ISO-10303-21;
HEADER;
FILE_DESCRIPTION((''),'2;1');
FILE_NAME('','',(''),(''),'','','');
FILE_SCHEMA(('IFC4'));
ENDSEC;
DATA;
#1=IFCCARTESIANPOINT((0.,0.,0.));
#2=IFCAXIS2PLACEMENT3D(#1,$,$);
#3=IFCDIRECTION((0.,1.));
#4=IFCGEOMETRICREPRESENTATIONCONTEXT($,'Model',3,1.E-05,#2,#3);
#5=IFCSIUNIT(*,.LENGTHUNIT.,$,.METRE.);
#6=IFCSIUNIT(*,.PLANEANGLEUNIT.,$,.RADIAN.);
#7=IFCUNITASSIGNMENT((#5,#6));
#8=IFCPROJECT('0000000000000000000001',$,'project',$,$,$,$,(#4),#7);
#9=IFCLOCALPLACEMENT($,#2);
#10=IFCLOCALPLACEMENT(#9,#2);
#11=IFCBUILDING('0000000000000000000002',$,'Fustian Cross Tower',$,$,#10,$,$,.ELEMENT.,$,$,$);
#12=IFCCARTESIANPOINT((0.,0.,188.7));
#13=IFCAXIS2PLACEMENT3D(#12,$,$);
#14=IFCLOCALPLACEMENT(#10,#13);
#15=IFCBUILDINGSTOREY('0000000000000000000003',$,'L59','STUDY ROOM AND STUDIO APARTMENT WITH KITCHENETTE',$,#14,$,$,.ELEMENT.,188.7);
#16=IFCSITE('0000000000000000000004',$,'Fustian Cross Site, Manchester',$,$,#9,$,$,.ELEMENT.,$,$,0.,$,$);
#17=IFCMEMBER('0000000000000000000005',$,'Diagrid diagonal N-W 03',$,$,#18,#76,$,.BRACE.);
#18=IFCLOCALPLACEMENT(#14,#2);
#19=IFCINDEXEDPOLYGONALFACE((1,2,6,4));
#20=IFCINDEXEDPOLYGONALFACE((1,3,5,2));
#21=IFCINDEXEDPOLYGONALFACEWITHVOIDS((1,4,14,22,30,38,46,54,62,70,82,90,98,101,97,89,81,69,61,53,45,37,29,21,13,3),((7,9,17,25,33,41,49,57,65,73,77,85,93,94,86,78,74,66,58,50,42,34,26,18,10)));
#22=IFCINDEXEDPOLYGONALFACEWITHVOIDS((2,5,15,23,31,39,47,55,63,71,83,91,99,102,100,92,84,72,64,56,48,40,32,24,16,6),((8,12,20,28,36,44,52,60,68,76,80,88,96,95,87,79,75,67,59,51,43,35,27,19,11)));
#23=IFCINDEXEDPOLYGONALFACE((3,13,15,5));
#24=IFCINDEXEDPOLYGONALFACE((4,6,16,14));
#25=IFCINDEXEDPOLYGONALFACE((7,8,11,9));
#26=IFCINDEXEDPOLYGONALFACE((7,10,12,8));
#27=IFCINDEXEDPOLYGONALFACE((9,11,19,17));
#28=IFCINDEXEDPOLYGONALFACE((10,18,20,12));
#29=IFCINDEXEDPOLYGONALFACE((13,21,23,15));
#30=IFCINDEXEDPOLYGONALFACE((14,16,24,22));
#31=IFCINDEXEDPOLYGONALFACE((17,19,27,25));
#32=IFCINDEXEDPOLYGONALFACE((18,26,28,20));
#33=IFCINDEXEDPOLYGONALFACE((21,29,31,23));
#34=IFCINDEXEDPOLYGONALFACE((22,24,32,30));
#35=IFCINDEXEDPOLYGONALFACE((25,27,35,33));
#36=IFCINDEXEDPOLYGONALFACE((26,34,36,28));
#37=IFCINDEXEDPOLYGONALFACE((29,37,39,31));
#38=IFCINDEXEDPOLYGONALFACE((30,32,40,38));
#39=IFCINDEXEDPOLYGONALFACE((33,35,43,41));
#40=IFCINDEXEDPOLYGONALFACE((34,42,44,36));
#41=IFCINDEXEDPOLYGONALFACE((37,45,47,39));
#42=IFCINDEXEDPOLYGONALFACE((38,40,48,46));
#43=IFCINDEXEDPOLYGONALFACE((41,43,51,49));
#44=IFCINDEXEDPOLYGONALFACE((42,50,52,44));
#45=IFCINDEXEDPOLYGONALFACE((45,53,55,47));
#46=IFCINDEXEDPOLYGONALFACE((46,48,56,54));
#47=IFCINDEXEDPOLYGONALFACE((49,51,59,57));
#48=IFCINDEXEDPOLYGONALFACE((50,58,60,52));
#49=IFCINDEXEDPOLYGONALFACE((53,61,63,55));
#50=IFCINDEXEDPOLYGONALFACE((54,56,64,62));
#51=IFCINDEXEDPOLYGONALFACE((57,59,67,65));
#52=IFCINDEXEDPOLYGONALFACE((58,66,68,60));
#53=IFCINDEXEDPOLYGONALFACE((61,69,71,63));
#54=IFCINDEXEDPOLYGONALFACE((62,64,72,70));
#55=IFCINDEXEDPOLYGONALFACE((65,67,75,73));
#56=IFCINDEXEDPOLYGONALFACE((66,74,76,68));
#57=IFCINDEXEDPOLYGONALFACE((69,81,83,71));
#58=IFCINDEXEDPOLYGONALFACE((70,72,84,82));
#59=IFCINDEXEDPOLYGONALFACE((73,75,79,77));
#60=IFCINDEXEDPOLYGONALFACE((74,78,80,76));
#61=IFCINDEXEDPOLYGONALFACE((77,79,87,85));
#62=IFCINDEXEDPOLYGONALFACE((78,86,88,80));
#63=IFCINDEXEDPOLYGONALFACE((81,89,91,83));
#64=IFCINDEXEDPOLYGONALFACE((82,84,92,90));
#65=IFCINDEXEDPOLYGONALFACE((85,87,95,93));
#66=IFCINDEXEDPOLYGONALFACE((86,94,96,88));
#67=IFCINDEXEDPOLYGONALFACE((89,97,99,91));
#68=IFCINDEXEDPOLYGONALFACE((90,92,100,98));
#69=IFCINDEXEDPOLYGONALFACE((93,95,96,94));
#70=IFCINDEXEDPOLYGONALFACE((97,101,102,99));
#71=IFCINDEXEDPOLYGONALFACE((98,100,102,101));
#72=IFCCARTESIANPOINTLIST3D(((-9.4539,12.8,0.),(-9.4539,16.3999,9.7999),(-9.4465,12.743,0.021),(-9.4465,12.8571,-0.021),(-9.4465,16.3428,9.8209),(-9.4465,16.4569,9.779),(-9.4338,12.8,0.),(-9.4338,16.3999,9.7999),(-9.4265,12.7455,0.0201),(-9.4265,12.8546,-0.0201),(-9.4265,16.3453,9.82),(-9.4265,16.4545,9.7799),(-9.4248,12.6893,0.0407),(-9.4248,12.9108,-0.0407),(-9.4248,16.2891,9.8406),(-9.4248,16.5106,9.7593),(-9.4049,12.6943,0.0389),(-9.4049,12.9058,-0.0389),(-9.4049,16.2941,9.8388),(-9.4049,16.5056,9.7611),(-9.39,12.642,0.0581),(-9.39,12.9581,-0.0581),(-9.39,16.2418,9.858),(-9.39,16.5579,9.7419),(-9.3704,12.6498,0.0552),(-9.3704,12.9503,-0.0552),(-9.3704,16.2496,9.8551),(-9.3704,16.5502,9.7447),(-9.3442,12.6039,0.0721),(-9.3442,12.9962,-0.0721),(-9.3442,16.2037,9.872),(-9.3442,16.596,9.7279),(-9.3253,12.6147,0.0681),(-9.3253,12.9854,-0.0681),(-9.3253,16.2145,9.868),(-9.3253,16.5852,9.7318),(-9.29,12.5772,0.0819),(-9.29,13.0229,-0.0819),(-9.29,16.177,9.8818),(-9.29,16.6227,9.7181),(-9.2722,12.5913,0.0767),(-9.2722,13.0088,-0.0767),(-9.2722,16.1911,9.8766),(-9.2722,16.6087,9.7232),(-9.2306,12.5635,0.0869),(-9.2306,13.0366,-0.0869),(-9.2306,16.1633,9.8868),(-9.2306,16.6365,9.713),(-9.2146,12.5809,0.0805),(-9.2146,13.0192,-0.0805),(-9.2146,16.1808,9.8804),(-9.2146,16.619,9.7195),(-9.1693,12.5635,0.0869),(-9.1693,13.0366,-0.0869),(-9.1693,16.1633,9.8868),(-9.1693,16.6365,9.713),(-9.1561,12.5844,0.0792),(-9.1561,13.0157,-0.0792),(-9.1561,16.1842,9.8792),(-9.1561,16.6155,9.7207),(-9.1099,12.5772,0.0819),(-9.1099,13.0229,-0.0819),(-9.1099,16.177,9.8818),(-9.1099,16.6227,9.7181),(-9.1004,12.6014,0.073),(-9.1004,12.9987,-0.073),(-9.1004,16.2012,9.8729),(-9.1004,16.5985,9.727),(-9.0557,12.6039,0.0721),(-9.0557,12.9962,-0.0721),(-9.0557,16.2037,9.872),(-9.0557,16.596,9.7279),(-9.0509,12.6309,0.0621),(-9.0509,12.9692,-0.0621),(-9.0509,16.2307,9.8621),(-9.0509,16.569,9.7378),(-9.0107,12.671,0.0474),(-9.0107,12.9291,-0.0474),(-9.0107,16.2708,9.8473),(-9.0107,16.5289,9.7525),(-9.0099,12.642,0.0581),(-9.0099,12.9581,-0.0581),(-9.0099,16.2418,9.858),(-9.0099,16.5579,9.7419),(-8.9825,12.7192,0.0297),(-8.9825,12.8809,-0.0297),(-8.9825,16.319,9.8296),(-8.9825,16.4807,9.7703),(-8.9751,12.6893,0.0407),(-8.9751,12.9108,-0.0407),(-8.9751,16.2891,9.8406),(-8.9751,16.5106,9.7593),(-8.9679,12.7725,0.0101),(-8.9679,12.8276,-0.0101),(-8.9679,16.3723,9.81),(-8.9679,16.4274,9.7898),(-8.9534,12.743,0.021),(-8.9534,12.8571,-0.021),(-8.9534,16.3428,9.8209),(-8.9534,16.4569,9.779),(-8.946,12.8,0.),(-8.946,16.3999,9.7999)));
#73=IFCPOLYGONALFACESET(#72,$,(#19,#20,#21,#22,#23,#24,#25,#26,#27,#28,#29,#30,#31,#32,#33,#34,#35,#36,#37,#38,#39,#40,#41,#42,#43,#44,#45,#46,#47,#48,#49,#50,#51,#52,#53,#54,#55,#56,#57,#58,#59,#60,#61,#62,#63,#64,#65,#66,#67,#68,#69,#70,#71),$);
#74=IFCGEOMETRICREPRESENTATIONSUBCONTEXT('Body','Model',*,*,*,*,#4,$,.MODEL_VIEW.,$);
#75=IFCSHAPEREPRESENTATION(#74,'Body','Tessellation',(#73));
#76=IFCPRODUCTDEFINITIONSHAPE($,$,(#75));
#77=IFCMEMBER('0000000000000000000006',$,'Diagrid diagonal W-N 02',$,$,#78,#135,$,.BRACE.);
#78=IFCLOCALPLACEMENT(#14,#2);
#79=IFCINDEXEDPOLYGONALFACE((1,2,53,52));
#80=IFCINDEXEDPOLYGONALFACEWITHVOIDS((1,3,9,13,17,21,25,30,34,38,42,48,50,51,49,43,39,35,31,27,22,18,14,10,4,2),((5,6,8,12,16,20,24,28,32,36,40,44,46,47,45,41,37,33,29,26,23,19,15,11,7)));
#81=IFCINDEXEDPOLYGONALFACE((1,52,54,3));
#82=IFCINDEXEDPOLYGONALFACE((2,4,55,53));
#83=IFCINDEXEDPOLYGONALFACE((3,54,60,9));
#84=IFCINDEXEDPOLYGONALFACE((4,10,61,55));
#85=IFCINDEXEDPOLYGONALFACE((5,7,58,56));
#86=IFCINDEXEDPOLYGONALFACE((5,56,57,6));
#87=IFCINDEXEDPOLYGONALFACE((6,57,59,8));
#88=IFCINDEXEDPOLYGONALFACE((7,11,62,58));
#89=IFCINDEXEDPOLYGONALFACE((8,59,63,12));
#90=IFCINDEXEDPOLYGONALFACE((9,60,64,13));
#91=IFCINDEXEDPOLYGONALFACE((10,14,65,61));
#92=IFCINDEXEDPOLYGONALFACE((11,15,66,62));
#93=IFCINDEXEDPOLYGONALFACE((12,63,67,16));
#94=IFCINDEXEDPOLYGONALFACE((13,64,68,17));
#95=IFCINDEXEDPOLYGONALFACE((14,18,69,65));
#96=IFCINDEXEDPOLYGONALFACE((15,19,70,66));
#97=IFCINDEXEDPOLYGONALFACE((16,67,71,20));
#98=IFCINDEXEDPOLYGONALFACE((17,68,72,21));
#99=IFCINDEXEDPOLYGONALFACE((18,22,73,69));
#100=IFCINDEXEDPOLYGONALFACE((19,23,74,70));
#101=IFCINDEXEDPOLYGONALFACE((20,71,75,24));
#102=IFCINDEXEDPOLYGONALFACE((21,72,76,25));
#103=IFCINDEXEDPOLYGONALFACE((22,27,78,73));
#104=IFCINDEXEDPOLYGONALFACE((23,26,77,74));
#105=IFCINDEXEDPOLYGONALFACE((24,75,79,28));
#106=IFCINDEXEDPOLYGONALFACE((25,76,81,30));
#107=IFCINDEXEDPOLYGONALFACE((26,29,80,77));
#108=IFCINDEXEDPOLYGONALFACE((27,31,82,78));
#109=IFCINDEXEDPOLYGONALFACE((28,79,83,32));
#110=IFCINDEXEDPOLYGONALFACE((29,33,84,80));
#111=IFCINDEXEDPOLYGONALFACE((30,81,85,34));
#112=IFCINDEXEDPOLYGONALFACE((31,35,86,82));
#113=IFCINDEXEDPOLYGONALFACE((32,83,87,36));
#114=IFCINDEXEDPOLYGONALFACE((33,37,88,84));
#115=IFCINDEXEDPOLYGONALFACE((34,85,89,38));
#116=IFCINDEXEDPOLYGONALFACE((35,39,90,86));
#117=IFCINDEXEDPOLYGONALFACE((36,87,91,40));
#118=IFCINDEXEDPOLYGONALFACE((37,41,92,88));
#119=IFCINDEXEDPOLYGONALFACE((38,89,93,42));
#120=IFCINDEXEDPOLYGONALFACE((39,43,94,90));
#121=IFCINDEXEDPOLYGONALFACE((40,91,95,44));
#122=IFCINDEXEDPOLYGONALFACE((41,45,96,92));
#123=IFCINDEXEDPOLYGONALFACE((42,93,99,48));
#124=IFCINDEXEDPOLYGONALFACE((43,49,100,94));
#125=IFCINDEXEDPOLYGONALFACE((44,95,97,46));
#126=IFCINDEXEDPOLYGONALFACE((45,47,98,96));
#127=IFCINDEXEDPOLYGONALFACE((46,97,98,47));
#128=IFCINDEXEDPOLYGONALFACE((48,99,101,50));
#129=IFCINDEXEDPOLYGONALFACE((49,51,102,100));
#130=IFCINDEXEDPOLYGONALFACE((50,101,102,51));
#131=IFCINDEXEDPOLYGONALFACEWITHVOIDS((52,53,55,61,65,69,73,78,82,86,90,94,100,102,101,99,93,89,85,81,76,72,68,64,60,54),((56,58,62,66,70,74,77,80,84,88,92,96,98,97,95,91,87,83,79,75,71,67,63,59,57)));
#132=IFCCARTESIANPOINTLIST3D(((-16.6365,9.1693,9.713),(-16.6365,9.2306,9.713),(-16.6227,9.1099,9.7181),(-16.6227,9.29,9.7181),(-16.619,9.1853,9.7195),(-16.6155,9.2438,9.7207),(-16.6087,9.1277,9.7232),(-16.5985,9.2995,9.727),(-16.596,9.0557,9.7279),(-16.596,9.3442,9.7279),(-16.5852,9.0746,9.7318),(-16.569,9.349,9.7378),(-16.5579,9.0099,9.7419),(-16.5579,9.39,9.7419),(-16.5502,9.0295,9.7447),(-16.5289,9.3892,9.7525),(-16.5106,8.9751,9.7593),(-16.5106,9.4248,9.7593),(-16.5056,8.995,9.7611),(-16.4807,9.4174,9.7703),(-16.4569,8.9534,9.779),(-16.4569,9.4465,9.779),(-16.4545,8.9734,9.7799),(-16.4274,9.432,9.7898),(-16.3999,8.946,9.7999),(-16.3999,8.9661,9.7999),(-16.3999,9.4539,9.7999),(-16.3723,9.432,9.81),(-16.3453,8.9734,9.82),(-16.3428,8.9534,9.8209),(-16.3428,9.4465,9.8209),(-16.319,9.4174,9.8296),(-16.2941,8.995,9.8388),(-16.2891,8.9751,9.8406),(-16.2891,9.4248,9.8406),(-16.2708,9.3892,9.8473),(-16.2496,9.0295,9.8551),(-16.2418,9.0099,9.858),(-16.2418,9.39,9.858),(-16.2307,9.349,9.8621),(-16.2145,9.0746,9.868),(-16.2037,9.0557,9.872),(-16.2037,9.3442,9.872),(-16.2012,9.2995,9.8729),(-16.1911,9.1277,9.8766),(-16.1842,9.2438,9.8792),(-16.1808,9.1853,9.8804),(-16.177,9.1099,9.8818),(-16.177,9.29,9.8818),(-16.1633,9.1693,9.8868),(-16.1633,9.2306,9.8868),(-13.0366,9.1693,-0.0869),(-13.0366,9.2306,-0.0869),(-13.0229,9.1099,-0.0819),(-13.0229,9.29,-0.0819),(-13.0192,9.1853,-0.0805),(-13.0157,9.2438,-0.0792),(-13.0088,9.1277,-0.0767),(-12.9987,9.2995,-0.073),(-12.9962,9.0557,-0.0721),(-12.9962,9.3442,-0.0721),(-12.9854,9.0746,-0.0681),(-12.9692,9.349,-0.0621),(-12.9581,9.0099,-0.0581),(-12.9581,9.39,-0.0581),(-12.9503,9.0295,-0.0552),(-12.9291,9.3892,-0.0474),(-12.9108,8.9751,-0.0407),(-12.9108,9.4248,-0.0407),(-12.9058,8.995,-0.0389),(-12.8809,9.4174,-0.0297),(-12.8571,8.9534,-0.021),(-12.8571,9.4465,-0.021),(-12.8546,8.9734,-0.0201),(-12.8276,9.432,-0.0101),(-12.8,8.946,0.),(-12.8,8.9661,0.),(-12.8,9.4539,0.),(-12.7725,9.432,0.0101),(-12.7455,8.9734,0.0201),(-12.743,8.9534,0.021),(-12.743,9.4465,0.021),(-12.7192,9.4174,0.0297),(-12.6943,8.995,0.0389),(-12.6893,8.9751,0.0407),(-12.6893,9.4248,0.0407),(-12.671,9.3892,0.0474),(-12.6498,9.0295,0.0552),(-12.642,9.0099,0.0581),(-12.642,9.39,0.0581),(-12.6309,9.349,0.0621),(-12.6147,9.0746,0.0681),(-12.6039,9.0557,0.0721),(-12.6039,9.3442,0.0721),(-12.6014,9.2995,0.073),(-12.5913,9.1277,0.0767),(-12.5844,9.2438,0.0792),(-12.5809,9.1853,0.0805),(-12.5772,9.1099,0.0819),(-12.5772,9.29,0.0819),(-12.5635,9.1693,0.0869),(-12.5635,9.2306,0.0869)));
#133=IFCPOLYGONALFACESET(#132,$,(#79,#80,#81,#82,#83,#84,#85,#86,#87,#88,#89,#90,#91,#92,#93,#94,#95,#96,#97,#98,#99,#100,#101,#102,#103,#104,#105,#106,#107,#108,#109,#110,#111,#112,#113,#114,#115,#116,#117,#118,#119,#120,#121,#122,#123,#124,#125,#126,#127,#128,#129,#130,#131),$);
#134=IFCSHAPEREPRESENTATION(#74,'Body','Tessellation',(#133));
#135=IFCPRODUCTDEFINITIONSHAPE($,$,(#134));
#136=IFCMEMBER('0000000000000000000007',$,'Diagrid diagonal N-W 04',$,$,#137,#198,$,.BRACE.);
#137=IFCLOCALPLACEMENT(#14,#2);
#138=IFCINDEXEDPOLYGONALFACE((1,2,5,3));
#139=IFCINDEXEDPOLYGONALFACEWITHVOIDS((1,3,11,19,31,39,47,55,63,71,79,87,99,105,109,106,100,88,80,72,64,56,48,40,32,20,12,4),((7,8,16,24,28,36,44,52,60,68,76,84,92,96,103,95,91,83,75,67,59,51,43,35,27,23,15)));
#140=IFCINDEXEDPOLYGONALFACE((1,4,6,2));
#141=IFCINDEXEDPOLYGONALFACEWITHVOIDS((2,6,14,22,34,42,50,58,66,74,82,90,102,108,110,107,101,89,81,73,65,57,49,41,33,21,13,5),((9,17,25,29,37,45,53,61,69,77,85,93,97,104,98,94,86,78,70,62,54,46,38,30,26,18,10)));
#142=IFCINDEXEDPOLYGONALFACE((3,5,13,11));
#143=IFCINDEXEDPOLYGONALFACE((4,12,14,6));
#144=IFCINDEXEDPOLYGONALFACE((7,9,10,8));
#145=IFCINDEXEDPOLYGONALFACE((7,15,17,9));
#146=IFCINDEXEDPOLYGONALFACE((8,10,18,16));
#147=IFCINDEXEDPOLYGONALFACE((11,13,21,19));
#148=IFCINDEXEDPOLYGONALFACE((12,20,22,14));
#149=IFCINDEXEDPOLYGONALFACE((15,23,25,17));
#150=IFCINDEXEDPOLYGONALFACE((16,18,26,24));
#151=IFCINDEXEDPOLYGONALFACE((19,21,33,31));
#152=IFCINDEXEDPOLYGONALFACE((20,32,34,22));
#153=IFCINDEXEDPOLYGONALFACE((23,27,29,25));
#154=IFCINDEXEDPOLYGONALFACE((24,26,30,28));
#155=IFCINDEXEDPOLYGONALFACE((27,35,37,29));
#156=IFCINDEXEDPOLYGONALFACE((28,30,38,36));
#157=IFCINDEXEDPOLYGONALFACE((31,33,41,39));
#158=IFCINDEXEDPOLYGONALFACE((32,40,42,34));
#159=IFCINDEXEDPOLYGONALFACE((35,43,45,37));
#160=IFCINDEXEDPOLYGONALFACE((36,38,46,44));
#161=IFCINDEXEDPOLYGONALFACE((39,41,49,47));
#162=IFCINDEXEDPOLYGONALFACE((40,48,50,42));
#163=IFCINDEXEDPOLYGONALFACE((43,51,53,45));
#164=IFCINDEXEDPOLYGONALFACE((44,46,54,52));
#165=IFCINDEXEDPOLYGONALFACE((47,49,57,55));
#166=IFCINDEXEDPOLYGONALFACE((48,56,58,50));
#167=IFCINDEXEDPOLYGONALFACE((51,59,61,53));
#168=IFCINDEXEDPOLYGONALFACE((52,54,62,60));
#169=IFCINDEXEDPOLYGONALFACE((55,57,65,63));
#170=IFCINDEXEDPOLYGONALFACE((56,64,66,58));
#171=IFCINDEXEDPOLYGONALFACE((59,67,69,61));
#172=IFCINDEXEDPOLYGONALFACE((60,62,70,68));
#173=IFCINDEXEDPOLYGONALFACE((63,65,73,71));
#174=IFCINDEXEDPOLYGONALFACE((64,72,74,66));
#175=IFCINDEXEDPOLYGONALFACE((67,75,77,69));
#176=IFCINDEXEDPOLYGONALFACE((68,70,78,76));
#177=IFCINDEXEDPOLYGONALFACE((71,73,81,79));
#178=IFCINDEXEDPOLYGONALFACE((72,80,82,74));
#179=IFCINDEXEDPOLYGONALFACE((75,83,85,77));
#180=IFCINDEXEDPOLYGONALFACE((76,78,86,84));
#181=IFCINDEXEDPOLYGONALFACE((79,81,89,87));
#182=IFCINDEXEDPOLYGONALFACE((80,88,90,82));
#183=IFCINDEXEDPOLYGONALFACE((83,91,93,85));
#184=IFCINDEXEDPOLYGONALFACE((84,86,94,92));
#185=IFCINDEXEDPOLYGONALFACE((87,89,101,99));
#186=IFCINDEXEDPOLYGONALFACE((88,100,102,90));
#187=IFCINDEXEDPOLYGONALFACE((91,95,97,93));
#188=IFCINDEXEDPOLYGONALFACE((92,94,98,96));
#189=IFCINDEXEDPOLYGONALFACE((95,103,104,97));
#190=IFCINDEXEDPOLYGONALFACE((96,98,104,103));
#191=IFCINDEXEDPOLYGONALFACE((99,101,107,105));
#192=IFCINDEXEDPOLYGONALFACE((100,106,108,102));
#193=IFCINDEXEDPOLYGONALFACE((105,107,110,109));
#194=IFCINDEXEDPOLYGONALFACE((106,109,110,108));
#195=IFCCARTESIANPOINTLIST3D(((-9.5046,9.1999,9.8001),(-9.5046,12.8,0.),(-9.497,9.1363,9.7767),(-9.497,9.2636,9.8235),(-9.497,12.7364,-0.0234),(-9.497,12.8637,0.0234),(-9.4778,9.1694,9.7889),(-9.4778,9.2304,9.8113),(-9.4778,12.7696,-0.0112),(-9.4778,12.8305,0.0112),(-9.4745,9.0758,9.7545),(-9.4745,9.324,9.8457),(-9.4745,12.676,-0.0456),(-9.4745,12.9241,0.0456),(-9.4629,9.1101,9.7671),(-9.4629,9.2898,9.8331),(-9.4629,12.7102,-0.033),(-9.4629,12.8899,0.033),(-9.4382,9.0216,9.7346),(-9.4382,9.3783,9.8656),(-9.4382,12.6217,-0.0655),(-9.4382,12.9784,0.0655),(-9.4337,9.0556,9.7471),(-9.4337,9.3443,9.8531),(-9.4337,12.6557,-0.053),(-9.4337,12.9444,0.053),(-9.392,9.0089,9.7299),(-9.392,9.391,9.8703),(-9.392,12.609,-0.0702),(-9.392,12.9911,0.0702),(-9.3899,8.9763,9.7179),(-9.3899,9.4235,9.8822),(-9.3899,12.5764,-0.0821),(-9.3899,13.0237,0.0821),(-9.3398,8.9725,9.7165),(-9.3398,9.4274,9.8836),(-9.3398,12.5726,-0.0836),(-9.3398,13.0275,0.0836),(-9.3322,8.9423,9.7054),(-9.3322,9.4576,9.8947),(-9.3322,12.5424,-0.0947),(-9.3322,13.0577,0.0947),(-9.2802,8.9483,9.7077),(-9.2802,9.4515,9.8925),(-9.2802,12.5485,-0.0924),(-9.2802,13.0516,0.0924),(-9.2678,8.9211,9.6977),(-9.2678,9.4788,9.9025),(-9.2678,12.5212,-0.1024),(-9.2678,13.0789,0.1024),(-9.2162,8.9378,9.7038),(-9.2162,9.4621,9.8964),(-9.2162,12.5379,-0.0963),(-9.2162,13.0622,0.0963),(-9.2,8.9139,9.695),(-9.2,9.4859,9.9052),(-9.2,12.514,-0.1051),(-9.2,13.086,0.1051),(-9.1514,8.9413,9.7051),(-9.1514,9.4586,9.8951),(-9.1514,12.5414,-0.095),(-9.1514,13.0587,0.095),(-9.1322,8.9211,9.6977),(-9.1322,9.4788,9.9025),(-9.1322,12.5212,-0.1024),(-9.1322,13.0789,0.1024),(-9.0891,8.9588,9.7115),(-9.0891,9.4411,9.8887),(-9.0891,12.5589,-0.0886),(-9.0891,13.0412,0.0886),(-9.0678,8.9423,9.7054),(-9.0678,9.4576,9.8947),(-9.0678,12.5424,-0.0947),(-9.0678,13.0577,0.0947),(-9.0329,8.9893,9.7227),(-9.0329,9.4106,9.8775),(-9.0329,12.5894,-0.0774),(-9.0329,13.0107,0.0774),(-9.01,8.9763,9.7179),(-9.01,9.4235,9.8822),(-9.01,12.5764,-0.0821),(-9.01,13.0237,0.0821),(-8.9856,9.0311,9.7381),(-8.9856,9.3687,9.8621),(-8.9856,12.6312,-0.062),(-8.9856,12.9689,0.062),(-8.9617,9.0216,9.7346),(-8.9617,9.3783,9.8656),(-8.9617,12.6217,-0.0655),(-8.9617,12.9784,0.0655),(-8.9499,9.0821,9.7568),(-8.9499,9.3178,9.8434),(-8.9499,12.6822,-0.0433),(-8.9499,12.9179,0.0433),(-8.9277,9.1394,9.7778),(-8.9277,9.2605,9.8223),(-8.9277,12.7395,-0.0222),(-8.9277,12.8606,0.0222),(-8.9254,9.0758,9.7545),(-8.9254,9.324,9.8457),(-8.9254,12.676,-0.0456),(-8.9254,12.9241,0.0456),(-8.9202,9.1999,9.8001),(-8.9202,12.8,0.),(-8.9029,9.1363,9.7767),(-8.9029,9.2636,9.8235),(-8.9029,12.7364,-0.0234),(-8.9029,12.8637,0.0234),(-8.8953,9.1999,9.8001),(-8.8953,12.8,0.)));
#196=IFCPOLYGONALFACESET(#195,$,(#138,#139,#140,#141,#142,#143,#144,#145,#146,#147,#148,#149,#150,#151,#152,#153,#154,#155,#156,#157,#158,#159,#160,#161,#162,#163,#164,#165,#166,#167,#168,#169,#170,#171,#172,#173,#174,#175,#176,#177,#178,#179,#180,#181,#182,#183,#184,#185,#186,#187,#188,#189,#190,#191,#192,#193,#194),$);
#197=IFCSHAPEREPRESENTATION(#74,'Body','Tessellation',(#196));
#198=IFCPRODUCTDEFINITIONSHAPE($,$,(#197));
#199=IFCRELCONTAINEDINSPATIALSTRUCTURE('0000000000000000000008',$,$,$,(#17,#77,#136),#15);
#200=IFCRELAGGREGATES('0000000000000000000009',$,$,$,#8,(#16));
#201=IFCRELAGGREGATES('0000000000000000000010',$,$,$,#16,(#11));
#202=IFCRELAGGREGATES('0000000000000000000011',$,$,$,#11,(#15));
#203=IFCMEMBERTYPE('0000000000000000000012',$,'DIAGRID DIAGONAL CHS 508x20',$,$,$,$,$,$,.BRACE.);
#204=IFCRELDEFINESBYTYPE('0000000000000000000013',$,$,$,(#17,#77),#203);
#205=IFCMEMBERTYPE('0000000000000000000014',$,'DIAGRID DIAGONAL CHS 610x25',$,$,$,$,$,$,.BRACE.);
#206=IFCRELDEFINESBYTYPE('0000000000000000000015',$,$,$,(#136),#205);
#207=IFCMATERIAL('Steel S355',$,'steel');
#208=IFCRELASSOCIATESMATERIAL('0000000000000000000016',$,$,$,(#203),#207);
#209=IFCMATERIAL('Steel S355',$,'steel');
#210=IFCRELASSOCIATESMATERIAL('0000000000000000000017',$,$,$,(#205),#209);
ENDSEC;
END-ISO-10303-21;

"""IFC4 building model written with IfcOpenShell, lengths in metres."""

from ifc_helpers import new_model, si_unit, direction, frame, origin, origin_2d, place, context, subcontext, project, spatial, hollow_circle, extrude, material, material_profile, profile_set, type_object, element, save


model = new_model("IFC4")

# Units and contexts
model_context = context("Model", 3, precision=1e-05, world=origin(), true_north=direction((0.0, 1.0)))
body_context = subcontext(model_context, "Body", "Model", "MODEL_VIEW")
ifc_project = project(units=[si_unit("LENGTHUNIT", "METRE"), si_unit("PLANEANGLEUNIT", "RADIAN")], contexts=[model_context])

# Site, building, storey
site_placement = place(None, origin())
site = spatial("IfcSite", under=ifc_project, at=site_placement, Name="Fustian Cross Site, Manchester", CompositionType="ELEMENT", RefElevation=0.0)
building_placement = place(site_placement, origin())
building = spatial("IfcBuilding", under=site, at=building_placement, Name="Fustian Cross Tower", CompositionType="ELEMENT")
storey_placement = place(building_placement, frame((0.0, 0.0, 188.7)))
storey = spatial("IfcBuildingStorey", under=building, at=storey_placement, Name="L59", Description="STUDY ROOM AND STUDIO APARTMENT WITH KITCHENETTE", CompositionType="ELEMENT", Elevation=188.7)

# Members
ifc_material_1 = material(Name="Steel S355", Category="steel")
ifc_material_profile_1 = material_profile(ifc_material_1, hollow_circle(Radius=0.2539, WallThickness=0.02, at=origin_2d()), Name="CHS 508x20")
ifc_profile_set_1 = profile_set([ifc_material_profile_1], Name="Steel S355")
member_type_1 = type_object("IfcMemberType", Name="DIAGRID DIAGONAL CHS 508x20", PredefinedType="BRACE", material=ifc_profile_set_1)
for number, where, z_axis, x_axis, name in (
    (1, (-9.2, 12.8, 0.0), (0.0, 0.344804, 0.938675), (-1.0, 0.0, 0.0), "Diagrid diagonal N-W 03"),
    (2, (-12.8, 9.2, 0.0), (-0.344804, 0.0, 0.938675), (0.0, -1.0, 0.0), "Diagrid diagonal W-N 02"),
):
    element("IfcMember", number, at=place(storey_placement, frame(where, z_axis=z_axis, x_axis=x_axis)), inside=storey, type_object=member_type_1, Name=name, PredefinedType="BRACE", context=body_context, shape_type="SweptSolid", body=[
        extrude(hollow_circle(Radius=0.2539, WallThickness=0.02, at=origin_2d()), origin(), (0.0, 0.0, 1.0), 10.4402),
    ])
ifc_material_2 = material(Name="Steel S355", Category="steel")
ifc_material_profile_2 = material_profile(ifc_material_2, hollow_circle(Radius=0.3047, WallThickness=0.0249, at=origin_2d()), Name="CHS 610x25")
ifc_profile_set_2 = profile_set([ifc_material_profile_2], Name="Steel S355")
member_type_2 = type_object("IfcMemberType", Name="DIAGRID DIAGONAL CHS 610x25", PredefinedType="BRACE", material=ifc_profile_set_2)
for number, where, z_axis, x_axis, name in (
    (3, (-9.2, 12.8, 0.0), (0.0, -0.344824, 0.938667), (1.0, 0.0, 0.0), "Diagrid diagonal N-W 04"),
):
    element("IfcMember", number, at=place(storey_placement, frame(where, z_axis=z_axis, x_axis=x_axis)), inside=storey, type_object=member_type_2, Name=name, PredefinedType="BRACE", context=body_context, shape_type="SweptSolid", body=[
        extrude(hollow_circle(Radius=0.3047, WallThickness=0.0249, at=origin_2d()), origin(), (0.0, 0.0, 1.0), 10.4404),
    ])

save(model, "model.ifc")
